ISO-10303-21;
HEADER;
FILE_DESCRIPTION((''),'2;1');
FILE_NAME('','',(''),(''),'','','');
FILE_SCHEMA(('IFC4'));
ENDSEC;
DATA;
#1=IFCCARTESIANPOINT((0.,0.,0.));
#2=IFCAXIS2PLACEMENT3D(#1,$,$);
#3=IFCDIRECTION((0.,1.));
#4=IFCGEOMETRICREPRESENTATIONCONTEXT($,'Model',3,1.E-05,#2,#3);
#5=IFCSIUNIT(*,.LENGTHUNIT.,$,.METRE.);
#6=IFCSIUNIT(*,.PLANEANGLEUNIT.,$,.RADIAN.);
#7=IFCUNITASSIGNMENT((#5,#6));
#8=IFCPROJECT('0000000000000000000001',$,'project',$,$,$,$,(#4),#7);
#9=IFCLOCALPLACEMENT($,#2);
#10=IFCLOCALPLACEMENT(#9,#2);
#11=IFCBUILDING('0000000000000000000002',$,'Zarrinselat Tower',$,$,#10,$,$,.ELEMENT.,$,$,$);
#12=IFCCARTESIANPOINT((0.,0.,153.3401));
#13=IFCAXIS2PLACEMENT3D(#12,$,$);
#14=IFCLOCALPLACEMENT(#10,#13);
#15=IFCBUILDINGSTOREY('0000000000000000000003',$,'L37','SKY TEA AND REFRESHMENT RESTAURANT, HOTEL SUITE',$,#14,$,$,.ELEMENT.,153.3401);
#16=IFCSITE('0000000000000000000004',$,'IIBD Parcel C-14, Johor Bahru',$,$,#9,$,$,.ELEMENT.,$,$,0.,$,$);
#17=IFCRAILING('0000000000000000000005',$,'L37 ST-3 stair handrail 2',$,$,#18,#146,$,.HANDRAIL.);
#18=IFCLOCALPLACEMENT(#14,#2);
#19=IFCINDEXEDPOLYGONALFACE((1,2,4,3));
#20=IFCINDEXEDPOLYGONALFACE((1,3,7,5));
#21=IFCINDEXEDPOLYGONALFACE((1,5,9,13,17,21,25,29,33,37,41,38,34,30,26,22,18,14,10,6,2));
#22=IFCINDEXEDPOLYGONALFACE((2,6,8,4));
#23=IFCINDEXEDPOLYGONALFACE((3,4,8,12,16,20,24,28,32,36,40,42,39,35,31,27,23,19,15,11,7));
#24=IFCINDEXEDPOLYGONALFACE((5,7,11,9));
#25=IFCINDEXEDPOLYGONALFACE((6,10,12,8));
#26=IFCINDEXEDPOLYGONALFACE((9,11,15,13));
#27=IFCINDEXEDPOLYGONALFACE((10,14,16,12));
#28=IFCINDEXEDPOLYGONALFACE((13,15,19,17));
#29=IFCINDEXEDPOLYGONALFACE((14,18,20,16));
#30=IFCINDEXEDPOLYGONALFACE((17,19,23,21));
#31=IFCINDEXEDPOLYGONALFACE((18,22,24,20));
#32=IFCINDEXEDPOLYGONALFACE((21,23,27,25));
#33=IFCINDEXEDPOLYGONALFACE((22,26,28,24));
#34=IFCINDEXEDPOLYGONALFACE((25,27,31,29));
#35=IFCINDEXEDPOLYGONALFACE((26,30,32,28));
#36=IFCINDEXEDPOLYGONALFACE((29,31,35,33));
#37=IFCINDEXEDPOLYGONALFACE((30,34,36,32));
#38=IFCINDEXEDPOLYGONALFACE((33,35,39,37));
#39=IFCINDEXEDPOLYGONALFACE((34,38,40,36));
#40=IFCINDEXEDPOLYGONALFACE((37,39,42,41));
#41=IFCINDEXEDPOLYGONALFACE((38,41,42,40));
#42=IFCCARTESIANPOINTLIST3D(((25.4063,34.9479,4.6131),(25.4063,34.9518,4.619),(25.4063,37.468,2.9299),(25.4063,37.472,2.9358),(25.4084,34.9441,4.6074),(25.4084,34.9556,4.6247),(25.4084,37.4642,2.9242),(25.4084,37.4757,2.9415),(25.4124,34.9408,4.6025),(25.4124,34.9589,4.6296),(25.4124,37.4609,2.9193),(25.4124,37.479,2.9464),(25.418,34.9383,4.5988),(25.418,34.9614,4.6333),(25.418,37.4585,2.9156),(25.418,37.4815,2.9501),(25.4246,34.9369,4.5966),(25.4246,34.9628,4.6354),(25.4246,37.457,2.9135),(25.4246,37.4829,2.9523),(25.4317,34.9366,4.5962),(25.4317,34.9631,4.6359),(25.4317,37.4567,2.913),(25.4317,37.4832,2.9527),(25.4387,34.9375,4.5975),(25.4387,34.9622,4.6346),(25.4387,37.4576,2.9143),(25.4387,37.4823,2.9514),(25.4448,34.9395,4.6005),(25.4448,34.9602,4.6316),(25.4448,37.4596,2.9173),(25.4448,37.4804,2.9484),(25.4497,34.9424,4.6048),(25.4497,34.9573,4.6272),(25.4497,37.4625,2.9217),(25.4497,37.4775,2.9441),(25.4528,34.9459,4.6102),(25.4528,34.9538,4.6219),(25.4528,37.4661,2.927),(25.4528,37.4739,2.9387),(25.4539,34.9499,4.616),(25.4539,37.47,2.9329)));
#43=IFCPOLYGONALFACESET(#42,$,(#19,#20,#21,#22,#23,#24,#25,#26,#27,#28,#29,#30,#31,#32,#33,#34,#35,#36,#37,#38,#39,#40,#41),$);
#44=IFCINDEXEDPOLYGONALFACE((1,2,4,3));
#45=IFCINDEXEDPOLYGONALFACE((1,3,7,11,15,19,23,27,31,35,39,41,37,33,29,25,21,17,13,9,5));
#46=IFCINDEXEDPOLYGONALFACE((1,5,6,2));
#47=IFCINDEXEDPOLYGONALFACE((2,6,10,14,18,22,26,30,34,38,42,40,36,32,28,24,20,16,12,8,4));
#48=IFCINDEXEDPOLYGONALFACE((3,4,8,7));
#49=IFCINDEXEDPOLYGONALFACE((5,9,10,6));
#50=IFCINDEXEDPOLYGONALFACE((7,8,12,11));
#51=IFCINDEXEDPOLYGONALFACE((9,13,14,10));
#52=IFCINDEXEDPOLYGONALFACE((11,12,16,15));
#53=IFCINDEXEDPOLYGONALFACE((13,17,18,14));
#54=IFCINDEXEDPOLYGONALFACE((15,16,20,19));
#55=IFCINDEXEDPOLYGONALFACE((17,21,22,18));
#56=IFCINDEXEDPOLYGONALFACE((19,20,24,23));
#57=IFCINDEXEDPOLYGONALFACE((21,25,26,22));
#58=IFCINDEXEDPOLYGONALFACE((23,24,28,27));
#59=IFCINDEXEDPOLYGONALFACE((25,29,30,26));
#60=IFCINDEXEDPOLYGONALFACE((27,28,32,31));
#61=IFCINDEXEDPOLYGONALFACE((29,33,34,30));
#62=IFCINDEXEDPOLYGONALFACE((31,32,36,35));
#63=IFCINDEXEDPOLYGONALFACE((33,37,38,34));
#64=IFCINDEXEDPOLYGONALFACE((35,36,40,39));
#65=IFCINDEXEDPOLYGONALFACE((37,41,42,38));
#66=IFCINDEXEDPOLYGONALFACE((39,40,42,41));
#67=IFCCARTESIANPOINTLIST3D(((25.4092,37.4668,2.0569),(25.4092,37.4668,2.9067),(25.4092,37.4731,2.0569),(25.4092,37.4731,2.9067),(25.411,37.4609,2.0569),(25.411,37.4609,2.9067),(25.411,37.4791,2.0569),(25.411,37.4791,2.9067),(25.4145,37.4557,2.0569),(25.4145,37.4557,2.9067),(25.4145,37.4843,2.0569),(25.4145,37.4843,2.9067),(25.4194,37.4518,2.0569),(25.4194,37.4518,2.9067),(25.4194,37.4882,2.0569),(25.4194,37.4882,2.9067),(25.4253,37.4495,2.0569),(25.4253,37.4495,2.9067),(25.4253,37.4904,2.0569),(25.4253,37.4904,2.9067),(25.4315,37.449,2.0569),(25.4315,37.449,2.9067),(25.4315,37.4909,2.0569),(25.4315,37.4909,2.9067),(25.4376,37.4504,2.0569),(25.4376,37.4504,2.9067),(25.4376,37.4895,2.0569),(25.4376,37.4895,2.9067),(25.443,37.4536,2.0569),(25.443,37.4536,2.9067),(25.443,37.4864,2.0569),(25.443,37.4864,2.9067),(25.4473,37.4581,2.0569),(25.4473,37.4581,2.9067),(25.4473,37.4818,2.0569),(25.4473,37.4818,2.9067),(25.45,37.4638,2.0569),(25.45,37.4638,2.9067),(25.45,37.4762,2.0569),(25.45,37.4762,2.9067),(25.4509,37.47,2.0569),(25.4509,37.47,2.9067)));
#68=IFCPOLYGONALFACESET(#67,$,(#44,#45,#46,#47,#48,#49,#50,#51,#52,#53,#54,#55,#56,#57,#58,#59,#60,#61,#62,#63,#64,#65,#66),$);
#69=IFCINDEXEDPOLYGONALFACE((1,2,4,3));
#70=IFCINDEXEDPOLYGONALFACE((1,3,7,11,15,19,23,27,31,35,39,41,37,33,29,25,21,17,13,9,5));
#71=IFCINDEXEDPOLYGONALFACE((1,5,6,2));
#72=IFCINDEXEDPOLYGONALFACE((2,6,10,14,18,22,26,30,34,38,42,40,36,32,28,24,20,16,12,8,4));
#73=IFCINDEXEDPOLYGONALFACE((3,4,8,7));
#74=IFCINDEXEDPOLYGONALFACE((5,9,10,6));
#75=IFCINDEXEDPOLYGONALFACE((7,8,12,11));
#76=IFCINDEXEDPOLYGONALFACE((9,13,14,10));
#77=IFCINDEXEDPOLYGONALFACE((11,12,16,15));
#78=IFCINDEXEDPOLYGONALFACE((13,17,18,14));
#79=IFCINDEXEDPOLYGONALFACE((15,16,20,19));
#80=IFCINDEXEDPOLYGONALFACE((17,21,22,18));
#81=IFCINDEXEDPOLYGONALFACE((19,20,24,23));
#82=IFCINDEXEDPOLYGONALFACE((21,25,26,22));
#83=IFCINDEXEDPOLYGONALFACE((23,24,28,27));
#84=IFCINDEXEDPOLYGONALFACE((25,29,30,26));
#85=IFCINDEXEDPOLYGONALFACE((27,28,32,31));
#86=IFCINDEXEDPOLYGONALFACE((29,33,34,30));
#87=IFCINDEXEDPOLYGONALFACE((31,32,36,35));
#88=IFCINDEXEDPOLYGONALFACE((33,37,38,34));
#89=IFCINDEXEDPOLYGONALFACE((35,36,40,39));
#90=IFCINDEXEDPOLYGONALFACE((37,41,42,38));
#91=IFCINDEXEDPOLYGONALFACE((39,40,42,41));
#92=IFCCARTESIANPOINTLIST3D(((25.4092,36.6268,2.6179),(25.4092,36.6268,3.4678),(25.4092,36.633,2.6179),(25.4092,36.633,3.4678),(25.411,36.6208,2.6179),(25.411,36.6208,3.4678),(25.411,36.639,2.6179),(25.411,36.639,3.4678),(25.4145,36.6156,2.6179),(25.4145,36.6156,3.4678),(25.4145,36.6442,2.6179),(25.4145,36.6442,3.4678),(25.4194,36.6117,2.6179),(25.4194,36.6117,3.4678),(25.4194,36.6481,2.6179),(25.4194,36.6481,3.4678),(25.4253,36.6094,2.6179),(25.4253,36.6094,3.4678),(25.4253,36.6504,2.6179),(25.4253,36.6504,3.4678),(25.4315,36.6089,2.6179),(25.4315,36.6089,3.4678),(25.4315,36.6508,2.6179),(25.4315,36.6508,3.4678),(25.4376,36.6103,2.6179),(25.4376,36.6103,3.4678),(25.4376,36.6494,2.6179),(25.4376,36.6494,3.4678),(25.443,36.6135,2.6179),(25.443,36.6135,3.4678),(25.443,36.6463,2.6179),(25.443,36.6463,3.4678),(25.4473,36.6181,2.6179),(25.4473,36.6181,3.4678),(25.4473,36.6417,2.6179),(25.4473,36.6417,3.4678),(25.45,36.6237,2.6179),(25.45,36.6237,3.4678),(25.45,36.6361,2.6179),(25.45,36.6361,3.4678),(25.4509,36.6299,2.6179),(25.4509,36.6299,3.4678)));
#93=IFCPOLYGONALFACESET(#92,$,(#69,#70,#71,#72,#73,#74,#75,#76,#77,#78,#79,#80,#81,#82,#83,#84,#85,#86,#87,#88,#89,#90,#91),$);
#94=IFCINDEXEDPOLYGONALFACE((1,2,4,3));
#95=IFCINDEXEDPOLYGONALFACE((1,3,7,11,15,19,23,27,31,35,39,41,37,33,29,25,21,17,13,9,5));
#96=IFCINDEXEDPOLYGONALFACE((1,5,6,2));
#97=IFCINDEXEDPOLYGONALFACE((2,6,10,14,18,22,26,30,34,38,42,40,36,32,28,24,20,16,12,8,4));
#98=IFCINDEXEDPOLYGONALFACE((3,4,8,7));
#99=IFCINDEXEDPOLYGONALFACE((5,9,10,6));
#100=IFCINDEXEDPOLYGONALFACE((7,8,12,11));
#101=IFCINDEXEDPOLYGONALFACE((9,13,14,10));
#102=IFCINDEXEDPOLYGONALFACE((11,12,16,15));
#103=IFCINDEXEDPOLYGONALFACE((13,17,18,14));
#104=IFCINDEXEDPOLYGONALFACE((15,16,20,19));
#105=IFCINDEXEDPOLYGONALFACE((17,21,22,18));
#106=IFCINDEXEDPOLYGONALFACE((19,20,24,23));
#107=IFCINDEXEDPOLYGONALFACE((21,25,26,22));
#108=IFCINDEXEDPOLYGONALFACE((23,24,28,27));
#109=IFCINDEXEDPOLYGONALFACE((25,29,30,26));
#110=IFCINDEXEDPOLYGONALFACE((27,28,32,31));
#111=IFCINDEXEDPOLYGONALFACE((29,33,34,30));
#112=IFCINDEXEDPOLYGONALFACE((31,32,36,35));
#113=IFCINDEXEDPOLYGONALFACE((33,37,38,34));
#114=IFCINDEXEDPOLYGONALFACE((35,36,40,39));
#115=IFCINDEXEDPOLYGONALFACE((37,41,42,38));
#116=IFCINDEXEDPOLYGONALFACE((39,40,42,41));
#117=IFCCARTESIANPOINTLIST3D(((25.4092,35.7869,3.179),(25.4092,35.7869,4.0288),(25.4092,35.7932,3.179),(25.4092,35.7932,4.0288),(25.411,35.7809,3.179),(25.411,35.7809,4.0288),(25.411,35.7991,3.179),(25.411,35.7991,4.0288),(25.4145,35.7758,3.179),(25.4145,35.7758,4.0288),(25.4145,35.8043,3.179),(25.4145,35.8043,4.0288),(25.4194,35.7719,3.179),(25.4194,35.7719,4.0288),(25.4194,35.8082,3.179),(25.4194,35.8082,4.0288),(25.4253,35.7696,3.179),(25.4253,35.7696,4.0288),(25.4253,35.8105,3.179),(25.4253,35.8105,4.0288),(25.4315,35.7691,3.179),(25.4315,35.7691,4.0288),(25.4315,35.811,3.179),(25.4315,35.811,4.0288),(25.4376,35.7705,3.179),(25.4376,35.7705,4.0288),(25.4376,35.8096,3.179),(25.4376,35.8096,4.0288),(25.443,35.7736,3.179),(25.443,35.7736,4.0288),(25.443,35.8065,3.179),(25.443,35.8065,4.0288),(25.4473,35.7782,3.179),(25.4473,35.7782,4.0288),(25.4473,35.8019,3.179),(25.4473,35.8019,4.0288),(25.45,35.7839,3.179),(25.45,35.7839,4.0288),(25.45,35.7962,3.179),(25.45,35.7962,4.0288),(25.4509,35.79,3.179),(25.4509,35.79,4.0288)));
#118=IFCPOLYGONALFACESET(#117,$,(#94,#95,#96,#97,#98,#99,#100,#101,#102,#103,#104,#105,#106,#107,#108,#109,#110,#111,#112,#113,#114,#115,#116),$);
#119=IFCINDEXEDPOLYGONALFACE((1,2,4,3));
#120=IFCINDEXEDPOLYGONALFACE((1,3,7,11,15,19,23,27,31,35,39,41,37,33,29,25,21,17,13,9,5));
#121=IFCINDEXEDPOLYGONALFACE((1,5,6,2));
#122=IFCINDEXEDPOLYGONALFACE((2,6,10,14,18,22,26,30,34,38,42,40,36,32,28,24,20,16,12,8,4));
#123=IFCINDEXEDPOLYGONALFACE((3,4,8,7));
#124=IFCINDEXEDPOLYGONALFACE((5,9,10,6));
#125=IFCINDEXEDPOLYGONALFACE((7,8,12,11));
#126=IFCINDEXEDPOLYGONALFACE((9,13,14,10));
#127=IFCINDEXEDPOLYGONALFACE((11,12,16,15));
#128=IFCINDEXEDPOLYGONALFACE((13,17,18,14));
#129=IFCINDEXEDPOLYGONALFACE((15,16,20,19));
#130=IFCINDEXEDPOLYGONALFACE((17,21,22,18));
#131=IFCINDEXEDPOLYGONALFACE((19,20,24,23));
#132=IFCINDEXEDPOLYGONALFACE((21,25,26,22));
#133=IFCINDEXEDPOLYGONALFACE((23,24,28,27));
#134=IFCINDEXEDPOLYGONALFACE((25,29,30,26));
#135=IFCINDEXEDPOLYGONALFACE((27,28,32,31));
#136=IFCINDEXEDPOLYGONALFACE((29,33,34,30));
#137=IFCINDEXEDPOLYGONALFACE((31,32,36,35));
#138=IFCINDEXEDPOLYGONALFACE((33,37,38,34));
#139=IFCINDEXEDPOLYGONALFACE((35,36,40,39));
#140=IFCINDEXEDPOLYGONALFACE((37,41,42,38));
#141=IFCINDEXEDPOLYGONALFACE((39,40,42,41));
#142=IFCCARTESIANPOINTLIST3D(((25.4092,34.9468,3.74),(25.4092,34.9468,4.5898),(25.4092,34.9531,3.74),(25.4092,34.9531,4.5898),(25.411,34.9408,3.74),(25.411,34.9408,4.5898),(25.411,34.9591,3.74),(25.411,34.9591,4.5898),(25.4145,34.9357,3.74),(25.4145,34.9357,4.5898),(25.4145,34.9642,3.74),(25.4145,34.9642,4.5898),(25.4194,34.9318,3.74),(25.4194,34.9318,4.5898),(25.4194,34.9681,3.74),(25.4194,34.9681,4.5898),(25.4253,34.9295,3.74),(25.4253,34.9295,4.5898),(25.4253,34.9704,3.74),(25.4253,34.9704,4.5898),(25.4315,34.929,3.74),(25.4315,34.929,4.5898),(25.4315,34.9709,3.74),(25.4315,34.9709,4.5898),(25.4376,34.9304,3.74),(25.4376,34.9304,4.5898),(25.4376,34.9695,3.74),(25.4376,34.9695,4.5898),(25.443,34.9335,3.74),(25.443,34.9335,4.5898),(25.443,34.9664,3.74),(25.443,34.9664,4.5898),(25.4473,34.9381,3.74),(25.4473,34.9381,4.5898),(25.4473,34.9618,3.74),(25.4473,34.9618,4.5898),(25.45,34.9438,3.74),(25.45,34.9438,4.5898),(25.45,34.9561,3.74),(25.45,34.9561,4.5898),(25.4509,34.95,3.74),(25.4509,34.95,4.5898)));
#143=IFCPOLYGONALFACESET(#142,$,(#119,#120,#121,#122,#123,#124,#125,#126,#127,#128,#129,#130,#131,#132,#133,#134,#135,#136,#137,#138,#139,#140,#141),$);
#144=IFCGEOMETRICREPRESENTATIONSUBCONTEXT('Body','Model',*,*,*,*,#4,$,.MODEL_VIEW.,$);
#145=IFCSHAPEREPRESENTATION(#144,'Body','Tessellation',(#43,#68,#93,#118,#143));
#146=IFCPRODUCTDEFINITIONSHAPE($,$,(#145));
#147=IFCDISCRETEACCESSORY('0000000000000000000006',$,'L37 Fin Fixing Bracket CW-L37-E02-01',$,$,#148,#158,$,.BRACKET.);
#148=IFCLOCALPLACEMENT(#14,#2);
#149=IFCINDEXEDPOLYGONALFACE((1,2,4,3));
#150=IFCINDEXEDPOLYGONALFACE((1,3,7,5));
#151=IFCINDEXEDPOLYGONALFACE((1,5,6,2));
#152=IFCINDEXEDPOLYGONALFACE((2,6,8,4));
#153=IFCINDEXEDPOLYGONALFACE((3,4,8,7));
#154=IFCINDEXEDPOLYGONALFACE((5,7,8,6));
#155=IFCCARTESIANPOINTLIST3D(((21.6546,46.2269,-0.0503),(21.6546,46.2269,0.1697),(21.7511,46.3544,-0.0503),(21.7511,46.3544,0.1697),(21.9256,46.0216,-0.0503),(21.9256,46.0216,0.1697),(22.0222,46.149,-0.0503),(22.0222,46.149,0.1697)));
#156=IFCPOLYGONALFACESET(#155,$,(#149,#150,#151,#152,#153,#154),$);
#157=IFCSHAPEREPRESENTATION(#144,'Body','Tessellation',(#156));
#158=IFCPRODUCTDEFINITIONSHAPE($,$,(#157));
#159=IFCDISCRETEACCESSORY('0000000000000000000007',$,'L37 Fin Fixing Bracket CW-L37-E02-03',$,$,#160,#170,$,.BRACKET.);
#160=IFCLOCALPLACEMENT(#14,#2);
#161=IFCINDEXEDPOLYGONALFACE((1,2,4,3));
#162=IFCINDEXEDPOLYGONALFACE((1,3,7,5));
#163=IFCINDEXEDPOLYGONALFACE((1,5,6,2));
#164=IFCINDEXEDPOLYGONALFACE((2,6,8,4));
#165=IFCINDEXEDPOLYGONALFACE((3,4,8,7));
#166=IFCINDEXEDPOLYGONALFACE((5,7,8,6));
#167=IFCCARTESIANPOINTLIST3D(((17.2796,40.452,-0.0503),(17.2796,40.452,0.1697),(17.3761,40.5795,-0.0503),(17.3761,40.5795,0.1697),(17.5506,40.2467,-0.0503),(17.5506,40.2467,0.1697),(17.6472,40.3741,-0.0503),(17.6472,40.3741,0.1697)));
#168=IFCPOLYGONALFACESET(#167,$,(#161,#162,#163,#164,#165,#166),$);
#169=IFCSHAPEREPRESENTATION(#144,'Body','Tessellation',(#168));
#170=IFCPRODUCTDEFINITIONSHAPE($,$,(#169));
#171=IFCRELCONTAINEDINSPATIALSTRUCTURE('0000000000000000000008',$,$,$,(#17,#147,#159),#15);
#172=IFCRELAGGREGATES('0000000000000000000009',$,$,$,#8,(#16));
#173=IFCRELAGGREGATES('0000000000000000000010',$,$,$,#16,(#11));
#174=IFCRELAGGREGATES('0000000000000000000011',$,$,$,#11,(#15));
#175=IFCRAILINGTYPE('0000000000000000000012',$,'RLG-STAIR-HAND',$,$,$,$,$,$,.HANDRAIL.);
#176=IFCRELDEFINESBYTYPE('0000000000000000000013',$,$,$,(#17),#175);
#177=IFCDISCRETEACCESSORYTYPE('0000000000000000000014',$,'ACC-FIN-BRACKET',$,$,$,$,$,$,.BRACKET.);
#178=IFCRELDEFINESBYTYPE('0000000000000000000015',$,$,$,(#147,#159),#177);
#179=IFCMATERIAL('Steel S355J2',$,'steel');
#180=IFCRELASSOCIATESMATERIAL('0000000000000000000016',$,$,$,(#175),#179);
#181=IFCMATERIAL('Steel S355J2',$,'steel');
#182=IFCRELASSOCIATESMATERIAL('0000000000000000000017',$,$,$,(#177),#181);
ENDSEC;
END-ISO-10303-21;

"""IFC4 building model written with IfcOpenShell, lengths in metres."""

from ifc_helpers import new_model, si_unit, direction, frame, origin, origin_2d, place, context, subcontext, project, spatial, rectangle, circle, extrude, material, type_object, element, save


model = new_model("IFC4")

# Units and contexts
model_context = context("Model", 3, precision=1e-05, world=origin(), true_north=direction((0.0, 1.0)))
body_context = subcontext(model_context, "Body", "Model", "MODEL_VIEW")
ifc_project = project(units=[si_unit("LENGTHUNIT", "METRE"), si_unit("PLANEANGLEUNIT", "RADIAN")], contexts=[model_context])

# Site, building, storey
site_placement = place(None, origin())
site = spatial("IfcSite", under=ifc_project, at=site_placement, Name="IIBD Parcel C-14, Johor Bahru", CompositionType="ELEMENT", RefElevation=0.0)
building_placement = place(site_placement, origin())
building = spatial("IfcBuilding", under=site, at=building_placement, Name="Zarrinselat Tower", CompositionType="ELEMENT")
storey_placement = place(building_placement, frame((0.0, 0.0, 153.3401)))
storey = spatial("IfcBuildingStorey", under=building, at=storey_placement, Name="L37", Description="SKY TEA AND REFRESHMENT RESTAURANT, HOTEL SUITE", CompositionType="ELEMENT", Elevation=153.3401)

# Railing
ifc_material_1 = material(Name="Steel S355J2", Category="steel")
railing_type_1 = type_object("IfcRailingType", Name="RLG-STAIR-HAND", PredefinedType="HANDRAIL", material=ifc_material_1)
railing_1_placement = place(storey_placement, frame((25.4299, 37.47, 2.0569)))
element("IfcRailing", 1, at=railing_1_placement, inside=storey, type_object=railing_type_1, Name="L37 ST-3 stair handrail 2", PredefinedType="HANDRAIL", context=body_context, shape_type="SweptSolid", body=[
    extrude(circle(Radius=0.0239, at=origin_2d()), frame((0.0, 0.0, 0.876), z_axis=(0.0, -0.831579, 0.555406), x_axis=(1.0, 0.0, 0.0)), (0.0, 0.0, 1.0), 3.0305),
    extrude(circle(Radius=0.021, at=origin_2d()), origin(), (0.0, 0.0, 1.0), 0.8499),
    extrude(circle(Radius=0.021, at=origin_2d()), frame((0.0, -0.8401, 0.561)), (0.0, 0.0, 1.0), 0.8499),
    extrude(circle(Radius=0.021, at=origin_2d()), frame((0.0, -1.6799, 1.1221)), (0.0, 0.0, 1.0), 0.8499),
    extrude(circle(Radius=0.021, at=origin_2d()), frame((0.0, -2.52, 1.6831)), (0.0, 0.0, 1.0), 0.8499),
])

# Discrete accessories
ifc_material_2 = material(Name="Steel S355J2", Category="steel")
discrete_accessory_type = type_object("IfcDiscreteAccessoryType", Name="ACC-FIN-BRACKET", PredefinedType="BRACKET", material=ifc_material_2)
for number, where, z_axis, x_axis, name in (
    (2, (21.8384, 46.188, -0.0503), (0.0, 0.0, 1.0), (-0.797092, 0.603858, 0.0), "L37 Fin Fixing Bracket CW-L37-E02-01"),
    (3, (17.4634, 40.4131, -0.0503), (0.0, 0.0, 1.0), (-0.797092, 0.603858, 0.0), "L37 Fin Fixing Bracket CW-L37-E02-03"),
):
    element("IfcDiscreteAccessory", number, at=place(storey_placement, frame(where, z_axis=z_axis, x_axis=x_axis)), inside=storey, type_object=discrete_accessory_type, Name=name, PredefinedType="BRACKET", context=body_context, shape_type="SweptSolid", body=[
        extrude(rectangle(XDim=0.3401, YDim=0.1599, at=origin_2d()), origin(), (0.0, 0.0, 1.0), 0.22),
    ])

save(model, "model.ifc")
